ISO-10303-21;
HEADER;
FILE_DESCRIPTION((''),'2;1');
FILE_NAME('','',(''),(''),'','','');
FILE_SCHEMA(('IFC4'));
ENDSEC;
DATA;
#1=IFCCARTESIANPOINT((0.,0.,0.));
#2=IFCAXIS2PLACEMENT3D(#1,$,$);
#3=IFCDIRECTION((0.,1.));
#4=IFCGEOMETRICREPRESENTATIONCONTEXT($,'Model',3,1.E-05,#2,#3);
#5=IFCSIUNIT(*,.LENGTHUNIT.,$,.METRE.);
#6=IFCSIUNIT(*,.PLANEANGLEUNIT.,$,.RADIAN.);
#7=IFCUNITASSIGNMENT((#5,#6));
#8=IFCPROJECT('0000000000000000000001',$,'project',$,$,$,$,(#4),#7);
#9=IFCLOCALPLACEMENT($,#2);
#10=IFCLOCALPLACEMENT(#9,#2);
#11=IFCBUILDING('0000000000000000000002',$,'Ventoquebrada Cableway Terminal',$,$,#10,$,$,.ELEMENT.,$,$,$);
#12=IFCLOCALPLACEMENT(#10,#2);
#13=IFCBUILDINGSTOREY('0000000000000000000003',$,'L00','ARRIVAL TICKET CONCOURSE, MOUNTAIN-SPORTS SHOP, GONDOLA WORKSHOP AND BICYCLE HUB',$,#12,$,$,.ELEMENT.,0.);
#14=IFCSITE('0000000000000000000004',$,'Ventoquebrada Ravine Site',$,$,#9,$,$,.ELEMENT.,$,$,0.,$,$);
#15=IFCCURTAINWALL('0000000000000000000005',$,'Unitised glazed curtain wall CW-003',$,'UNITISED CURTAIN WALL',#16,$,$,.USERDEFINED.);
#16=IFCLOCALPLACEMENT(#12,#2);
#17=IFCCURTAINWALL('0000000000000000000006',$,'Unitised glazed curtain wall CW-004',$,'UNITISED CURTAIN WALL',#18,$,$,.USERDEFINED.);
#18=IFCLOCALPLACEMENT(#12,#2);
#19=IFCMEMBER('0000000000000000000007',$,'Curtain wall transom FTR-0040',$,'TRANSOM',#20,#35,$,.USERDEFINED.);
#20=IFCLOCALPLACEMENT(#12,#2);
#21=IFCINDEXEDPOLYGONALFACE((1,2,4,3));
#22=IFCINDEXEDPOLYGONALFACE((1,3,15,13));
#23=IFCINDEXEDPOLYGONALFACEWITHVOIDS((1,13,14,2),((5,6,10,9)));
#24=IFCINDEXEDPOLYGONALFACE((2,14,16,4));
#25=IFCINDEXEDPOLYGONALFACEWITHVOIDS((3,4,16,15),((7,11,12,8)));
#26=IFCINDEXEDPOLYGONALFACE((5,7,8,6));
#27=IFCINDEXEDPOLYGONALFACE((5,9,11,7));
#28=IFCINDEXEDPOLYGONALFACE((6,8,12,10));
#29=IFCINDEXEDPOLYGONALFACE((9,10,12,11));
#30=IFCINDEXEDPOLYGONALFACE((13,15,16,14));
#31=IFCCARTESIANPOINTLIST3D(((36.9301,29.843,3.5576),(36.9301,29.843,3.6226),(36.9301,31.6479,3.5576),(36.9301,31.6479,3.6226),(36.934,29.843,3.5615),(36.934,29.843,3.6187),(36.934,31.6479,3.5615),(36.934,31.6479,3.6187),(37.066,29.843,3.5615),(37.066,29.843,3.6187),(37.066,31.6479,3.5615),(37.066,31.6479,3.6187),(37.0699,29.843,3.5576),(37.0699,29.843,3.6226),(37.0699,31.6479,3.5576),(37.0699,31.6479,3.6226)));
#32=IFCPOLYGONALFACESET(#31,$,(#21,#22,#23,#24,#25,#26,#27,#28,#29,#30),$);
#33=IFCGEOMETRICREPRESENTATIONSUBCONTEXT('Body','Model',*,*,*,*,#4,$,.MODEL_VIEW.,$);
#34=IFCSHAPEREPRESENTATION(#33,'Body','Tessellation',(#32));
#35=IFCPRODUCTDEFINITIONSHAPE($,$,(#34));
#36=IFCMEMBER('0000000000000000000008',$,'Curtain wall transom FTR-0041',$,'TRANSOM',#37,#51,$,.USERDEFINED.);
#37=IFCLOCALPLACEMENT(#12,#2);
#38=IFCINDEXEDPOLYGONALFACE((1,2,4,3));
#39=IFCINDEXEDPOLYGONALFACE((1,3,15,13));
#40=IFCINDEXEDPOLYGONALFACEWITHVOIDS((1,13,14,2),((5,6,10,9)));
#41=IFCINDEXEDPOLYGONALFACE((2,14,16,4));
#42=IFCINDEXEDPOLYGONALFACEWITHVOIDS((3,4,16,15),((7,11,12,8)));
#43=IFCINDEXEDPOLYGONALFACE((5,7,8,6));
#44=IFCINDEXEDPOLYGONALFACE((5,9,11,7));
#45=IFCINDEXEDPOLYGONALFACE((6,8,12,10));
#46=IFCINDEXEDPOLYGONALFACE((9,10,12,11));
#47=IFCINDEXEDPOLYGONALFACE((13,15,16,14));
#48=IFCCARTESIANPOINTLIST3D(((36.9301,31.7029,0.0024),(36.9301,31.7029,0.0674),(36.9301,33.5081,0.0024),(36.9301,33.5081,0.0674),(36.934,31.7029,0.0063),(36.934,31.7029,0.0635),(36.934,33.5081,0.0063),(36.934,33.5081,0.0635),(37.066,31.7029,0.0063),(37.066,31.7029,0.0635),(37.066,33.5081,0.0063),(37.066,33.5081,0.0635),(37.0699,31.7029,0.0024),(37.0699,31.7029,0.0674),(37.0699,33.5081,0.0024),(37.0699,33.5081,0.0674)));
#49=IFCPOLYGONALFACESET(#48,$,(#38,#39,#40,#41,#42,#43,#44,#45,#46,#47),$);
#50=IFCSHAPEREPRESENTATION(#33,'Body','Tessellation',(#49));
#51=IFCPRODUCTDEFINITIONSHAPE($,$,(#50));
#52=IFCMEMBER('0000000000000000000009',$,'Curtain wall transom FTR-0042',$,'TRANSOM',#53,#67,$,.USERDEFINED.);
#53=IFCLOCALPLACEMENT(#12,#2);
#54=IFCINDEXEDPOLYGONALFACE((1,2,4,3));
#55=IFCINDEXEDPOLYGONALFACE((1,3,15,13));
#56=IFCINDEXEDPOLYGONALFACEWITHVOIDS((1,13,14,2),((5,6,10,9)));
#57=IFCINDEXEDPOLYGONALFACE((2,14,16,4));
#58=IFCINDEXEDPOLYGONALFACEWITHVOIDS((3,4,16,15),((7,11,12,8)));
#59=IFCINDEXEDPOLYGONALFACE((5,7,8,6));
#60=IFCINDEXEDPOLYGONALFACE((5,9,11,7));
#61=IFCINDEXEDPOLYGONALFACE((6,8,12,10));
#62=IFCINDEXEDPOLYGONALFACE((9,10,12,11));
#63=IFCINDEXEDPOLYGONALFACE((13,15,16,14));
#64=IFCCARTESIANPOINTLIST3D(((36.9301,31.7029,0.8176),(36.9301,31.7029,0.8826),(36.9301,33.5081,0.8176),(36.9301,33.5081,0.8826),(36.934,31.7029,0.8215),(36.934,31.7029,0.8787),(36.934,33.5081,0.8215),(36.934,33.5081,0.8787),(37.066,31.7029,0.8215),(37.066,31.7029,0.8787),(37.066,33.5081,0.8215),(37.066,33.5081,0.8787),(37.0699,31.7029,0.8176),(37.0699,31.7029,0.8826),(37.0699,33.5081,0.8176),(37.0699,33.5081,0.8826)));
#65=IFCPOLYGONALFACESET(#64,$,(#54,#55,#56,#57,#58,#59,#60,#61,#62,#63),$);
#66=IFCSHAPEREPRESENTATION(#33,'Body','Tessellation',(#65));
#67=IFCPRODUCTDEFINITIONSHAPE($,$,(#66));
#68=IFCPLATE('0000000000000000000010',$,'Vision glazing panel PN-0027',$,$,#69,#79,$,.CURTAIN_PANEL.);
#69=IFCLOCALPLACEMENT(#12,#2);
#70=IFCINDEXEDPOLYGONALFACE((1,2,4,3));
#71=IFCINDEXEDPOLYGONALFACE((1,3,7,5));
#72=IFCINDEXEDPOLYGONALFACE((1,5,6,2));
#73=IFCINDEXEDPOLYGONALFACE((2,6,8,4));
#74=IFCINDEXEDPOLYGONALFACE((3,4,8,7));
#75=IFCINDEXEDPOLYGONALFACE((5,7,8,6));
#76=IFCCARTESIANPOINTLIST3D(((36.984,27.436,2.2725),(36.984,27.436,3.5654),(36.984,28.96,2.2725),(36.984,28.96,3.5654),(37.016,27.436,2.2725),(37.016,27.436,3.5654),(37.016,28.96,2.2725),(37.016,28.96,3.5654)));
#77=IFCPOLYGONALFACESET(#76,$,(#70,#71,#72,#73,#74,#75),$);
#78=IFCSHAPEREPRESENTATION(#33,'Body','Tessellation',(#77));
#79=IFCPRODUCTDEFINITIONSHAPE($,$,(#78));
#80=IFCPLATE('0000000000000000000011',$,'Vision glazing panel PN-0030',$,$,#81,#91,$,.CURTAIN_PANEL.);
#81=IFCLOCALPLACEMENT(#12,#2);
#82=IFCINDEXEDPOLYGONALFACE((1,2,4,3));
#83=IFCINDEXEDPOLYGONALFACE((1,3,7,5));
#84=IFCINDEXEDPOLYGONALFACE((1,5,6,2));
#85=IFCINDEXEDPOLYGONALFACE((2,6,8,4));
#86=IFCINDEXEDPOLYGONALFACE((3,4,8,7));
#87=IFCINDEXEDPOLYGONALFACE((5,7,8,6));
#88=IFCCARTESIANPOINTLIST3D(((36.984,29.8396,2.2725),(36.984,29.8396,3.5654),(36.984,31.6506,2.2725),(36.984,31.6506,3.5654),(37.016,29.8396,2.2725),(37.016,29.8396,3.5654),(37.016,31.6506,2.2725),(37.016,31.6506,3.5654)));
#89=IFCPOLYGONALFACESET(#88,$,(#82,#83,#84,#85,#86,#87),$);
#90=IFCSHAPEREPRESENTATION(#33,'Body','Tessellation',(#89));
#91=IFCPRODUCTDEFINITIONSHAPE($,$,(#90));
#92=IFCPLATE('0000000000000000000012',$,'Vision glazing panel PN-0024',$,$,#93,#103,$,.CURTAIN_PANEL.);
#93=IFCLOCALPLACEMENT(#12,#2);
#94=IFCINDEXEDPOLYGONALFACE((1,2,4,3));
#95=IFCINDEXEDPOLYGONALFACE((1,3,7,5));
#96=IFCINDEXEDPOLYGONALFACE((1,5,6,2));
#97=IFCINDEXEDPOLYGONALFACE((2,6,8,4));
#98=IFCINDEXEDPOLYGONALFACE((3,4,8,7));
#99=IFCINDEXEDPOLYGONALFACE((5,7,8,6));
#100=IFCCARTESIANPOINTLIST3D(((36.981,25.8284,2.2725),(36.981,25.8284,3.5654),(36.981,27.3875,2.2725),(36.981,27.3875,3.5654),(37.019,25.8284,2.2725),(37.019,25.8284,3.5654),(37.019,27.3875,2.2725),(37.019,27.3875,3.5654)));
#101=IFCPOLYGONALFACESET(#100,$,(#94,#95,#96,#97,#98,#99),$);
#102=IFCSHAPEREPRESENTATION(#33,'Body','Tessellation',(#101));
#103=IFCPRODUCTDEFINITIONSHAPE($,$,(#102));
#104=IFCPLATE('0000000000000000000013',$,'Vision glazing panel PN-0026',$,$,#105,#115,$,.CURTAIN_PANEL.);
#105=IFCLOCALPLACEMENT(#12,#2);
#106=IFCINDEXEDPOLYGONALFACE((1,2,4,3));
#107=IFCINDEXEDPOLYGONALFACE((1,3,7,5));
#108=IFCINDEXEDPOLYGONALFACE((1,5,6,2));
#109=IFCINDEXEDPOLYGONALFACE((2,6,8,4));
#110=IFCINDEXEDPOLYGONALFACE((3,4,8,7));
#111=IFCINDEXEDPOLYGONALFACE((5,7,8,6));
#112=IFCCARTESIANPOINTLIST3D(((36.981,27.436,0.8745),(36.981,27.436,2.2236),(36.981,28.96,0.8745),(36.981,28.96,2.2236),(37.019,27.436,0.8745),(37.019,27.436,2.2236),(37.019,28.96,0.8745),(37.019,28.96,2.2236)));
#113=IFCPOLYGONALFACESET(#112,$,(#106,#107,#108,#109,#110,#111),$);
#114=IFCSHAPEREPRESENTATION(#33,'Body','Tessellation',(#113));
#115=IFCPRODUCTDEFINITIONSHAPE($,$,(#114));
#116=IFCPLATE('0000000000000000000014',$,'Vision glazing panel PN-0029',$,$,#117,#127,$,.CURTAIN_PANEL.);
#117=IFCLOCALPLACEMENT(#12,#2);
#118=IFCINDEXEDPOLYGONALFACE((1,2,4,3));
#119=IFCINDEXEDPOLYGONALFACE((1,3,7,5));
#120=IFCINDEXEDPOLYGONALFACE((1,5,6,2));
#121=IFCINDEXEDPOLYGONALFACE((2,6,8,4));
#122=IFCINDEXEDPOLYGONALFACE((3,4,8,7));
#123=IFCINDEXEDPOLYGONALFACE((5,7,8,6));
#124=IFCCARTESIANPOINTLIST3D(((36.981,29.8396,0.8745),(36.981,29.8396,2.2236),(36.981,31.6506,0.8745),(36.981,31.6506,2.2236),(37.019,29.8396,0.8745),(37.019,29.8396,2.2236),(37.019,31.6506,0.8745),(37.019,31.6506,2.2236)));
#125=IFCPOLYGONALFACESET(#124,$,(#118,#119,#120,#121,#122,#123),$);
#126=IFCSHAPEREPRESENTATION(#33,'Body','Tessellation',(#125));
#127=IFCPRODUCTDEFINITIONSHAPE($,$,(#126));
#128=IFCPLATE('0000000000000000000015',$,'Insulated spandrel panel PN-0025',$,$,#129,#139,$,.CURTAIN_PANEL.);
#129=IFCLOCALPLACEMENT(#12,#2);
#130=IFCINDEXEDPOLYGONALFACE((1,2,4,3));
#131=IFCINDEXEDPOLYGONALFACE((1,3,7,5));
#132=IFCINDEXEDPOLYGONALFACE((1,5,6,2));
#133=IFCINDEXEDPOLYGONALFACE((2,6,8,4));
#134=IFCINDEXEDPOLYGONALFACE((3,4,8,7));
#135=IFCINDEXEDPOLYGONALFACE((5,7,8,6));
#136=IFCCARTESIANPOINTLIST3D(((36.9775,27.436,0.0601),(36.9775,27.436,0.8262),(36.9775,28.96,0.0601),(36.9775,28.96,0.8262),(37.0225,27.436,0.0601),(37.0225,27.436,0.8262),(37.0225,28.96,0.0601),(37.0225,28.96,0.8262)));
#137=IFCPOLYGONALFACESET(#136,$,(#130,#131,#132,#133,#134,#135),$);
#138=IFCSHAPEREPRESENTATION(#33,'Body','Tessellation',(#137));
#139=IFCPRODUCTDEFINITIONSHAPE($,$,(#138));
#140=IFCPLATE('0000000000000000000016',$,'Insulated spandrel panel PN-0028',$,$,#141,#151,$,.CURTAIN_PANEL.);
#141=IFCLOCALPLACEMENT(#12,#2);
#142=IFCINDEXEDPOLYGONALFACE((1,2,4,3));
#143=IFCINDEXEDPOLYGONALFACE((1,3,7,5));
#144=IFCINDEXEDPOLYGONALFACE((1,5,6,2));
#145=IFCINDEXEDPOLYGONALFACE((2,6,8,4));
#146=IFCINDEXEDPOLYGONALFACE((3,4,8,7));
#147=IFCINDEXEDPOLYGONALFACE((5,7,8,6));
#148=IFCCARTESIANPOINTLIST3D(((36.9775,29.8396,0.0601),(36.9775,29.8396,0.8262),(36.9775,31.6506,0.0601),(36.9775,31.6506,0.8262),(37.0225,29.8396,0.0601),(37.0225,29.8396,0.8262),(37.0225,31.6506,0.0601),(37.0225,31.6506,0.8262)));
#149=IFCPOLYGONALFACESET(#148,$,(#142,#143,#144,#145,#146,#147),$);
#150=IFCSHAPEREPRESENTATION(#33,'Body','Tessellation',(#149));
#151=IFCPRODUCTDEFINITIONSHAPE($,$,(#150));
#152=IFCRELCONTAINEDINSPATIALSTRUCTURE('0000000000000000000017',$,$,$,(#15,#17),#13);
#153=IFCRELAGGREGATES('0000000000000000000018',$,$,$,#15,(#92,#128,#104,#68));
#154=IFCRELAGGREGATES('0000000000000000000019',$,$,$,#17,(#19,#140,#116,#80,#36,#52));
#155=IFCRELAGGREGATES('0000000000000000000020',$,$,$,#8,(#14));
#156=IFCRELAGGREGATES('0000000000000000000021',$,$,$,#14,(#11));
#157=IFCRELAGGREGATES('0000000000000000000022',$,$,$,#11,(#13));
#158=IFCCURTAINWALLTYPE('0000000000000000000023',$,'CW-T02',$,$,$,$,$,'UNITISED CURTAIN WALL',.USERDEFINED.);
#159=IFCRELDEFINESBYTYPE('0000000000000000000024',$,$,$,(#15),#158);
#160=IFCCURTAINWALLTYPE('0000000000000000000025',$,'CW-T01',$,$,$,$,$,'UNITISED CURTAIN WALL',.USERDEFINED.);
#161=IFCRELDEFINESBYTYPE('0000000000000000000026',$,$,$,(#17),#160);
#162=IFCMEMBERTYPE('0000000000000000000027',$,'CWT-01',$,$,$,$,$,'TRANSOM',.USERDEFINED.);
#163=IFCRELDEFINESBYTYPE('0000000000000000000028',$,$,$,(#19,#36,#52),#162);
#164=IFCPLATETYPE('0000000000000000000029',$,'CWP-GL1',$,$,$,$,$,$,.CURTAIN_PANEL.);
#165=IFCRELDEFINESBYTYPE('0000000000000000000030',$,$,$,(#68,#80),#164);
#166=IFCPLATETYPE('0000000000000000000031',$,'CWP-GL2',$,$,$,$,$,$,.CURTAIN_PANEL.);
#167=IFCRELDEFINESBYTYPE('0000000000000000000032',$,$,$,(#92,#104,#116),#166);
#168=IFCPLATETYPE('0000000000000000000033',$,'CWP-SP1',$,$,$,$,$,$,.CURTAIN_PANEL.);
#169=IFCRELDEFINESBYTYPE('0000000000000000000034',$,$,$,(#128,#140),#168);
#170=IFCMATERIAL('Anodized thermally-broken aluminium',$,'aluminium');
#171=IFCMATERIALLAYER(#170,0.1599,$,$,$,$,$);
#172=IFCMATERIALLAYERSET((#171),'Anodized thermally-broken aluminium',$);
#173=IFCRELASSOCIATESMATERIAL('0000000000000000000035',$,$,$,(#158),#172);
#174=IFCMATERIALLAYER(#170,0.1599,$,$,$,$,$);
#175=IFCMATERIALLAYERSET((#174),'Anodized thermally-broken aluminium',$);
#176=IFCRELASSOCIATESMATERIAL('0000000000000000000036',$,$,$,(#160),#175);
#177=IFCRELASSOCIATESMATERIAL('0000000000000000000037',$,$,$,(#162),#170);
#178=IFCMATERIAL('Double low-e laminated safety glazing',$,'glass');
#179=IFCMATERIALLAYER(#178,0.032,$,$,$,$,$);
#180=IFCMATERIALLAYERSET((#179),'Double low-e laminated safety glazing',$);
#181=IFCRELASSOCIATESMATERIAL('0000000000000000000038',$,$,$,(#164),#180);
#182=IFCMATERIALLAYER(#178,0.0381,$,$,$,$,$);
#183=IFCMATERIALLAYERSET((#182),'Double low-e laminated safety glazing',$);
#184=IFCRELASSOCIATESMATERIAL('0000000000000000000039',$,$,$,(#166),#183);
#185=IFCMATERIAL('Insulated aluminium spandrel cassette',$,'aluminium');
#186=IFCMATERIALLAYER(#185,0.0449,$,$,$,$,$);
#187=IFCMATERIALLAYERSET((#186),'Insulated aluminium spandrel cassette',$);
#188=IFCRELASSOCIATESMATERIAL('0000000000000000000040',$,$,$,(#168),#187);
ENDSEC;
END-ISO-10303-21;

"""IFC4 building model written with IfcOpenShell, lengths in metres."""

from ifc_helpers import new_model, si_unit, direction, frame, origin, origin_2d, place, context, subcontext, project, spatial, rectangle, hollow_rectangle, extrude, material, layer, layer_set, material_profile, profile_set, type_object, element, aggregate, save


model = new_model("IFC4")

# Units and contexts
model_context = context("Model", 3, precision=1e-05, world=origin(), true_north=direction((0.0, 1.0)))
body_context = subcontext(model_context, "Body", "Model", "MODEL_VIEW")
ifc_project = project(units=[si_unit("LENGTHUNIT", "METRE"), si_unit("PLANEANGLEUNIT", "RADIAN")], contexts=[model_context])

# Site, building, storey
site_placement = place(None, origin())
site = spatial("IfcSite", under=ifc_project, at=site_placement, Name="Ventoquebrada Ravine Site", CompositionType="ELEMENT", RefElevation=0.0)
building_placement = place(site_placement, origin())
building = spatial("IfcBuilding", under=site, at=building_placement, Name="Ventoquebrada Cableway Terminal", CompositionType="ELEMENT")
storey_placement = place(building_placement, origin())
storey = spatial("IfcBuildingStorey", under=building, at=storey_placement, Name="L00", Description="ARRIVAL TICKET CONCOURSE, MOUNTAIN-SPORTS SHOP, GONDOLA WORKSHOP AND BICYCLE HUB", CompositionType="ELEMENT", Elevation=0.0)

# Curtain walls
ifc_material_1 = material(Name="Anodized thermally-broken aluminium", Category="aluminium")
ifc_layer_1 = layer(ifc_material_1, 0.1599)
ifc_layer_set_1 = layer_set([ifc_layer_1], Name="Anodized thermally-broken aluminium")
curtain_wall_type_1 = type_object("IfcCurtainWallType", Name="CW-T02", ElementType="UNITISED CURTAIN WALL", PredefinedType="USERDEFINED", material=ifc_layer_set_1)
curtain_wall_1_placement = place(storey_placement, origin())
curtain_wall_1 = element("IfcCurtainWall", 1, at=curtain_wall_1_placement, inside=storey, type_object=curtain_wall_type_1, Name="Unitised glazed curtain wall CW-003", ObjectType="UNITISED CURTAIN WALL", PredefinedType="USERDEFINED")
ifc_layer_2 = layer(ifc_material_1, 0.1599)
ifc_layer_set_2 = layer_set([ifc_layer_2], Name="Anodized thermally-broken aluminium")
curtain_wall_type_2 = type_object("IfcCurtainWallType", Name="CW-T01", ElementType="UNITISED CURTAIN WALL", PredefinedType="USERDEFINED", material=ifc_layer_set_2)
curtain_wall_2_placement = place(storey_placement, origin())
curtain_wall_2 = element("IfcCurtainWall", 2, at=curtain_wall_2_placement, inside=storey, type_object=curtain_wall_type_2, Name="Unitised glazed curtain wall CW-004", ObjectType="UNITISED CURTAIN WALL", PredefinedType="USERDEFINED")

# Members
ifc_material_profile_1 = material_profile(ifc_material_1, hollow_rectangle(XDim=0.0649, YDim=0.1399, WallThickness=0.0039, at=origin_2d()), Name="CW-TRN-65X140")
ifc_profile_set_1 = profile_set([ifc_material_profile_1], Name="Anodized thermally-broken aluminium")
member_type_1 = type_object("IfcMemberType", Name="CWT-01", ElementType="TRANSOM", PredefinedType="USERDEFINED", material=ifc_profile_set_1)
member_1_placement = place(storey_placement, frame((37.0, 29.843, 3.5901), z_axis=(0.0, 1.0, 0.0), x_axis=(0.0, 0.0, 1.0)))
member_1 = element("IfcMember", 3, at=member_1_placement, type_object=member_type_1, Name="Curtain wall transom FTR-0040", ObjectType="TRANSOM", PredefinedType="USERDEFINED", context=body_context, shape_type="SweptSolid", body=[
    extrude(hollow_rectangle(XDim=0.0649, YDim=0.1399, WallThickness=0.0039, at=origin_2d()), origin(), (0.0, 0.0, 1.0), 1.8049),
])
member_2_placement = place(storey_placement, frame((37.0, 31.7029, 0.0349), z_axis=(0.0, 1.0, 0.0), x_axis=(0.0, 0.0, 1.0)))
member_2 = element("IfcMember", 4, at=member_2_placement, type_object=member_type_1, Name="Curtain wall transom FTR-0041", ObjectType="TRANSOM", PredefinedType="USERDEFINED", context=body_context, shape_type="SweptSolid", body=[
    extrude(hollow_rectangle(XDim=0.0649, YDim=0.1399, WallThickness=0.0039, at=origin_2d()), origin(), (0.0, 0.0, 1.0), 1.8052),
])
member_3_placement = place(storey_placement, frame((37.0, 31.7029, 0.8501), z_axis=(0.0, 1.0, 0.0), x_axis=(0.0, 0.0, 1.0)))
member_3 = element("IfcMember", 5, at=member_3_placement, type_object=member_type_1, Name="Curtain wall transom FTR-0042", ObjectType="TRANSOM", PredefinedType="USERDEFINED", context=body_context, shape_type="SweptSolid", body=[
    extrude(hollow_rectangle(XDim=0.0649, YDim=0.1399, WallThickness=0.0039, at=origin_2d()), origin(), (0.0, 0.0, 1.0), 1.8052),
])

# Plates
ifc_material_2 = material(Name="Double low-e laminated safety glazing", Category="glass")
ifc_layer_3 = layer(ifc_material_2, 0.032)
ifc_layer_set_3 = layer_set([ifc_layer_3], Name="Double low-e laminated safety glazing")
plate_type_1 = type_object("IfcPlateType", Name="CWP-GL1", PredefinedType="CURTAIN_PANEL", material=ifc_layer_set_3)
plate_1_placement = place(storey_placement, frame((37.0, 28.198, 2.2725), z_axis=(0.0, 0.0, 1.0), x_axis=(0.0, 1.0, 0.0)))
plate_1 = element("IfcPlate", 6, at=plate_1_placement, type_object=plate_type_1, Name="Vision glazing panel PN-0027", PredefinedType="CURTAIN_PANEL", context=body_context, shape_type="SweptSolid", body=[
    extrude(rectangle(XDim=1.5239, YDim=0.032, at=origin_2d()), origin(), (0.0, 0.0, 1.0), 1.293),
])
plate_2_placement = place(storey_placement, frame((37.0, 30.7451, 2.2725), z_axis=(0.0, 0.0, 1.0), x_axis=(0.0, 1.0, 0.0)))
plate_2 = element("IfcPlate", 7, at=plate_2_placement, type_object=plate_type_1, Name="Vision glazing panel PN-0030", PredefinedType="CURTAIN_PANEL", context=body_context, shape_type="SweptSolid", body=[
    extrude(rectangle(XDim=1.811, YDim=0.032, at=origin_2d()), origin(), (0.0, 0.0, 1.0), 1.293),
])
ifc_layer_4 = layer(ifc_material_2, 0.0381)
ifc_layer_set_4 = layer_set([ifc_layer_4], Name="Double low-e laminated safety glazing")
plate_type_2 = type_object("IfcPlateType", Name="CWP-GL2", PredefinedType="CURTAIN_PANEL", material=ifc_layer_set_4)
plate_3_placement = place(storey_placement, frame((37.0, 26.6079, 2.2725), z_axis=(0.0, 0.0, 1.0), x_axis=(0.0, 1.0, 0.0)))
plate_3 = element("IfcPlate", 8, at=plate_3_placement, type_object=plate_type_2, Name="Vision glazing panel PN-0024", PredefinedType="CURTAIN_PANEL", context=body_context, shape_type="SweptSolid", body=[
    extrude(rectangle(XDim=1.5591, YDim=0.0381, at=origin_2d()), origin(), (0.0, 0.0, 1.0), 1.293),
])
plate_4_placement = place(storey_placement, frame((37.0, 28.198, 0.8745), z_axis=(0.0, 0.0, 1.0), x_axis=(0.0, 1.0, 0.0)))
plate_4 = element("IfcPlate", 9, at=plate_4_placement, type_object=plate_type_2, Name="Vision glazing panel PN-0026", PredefinedType="CURTAIN_PANEL", context=body_context, shape_type="SweptSolid", body=[
    extrude(rectangle(XDim=1.5239, YDim=0.0381, at=origin_2d()), origin(), (0.0, 0.0, 1.0), 1.3491),
])
plate_5_placement = place(storey_placement, frame((37.0, 30.7451, 0.8745), z_axis=(0.0, 0.0, 1.0), x_axis=(0.0, 1.0, 0.0)))
plate_5 = element("IfcPlate", 10, at=plate_5_placement, type_object=plate_type_2, Name="Vision glazing panel PN-0029", PredefinedType="CURTAIN_PANEL", context=body_context, shape_type="SweptSolid", body=[
    extrude(rectangle(XDim=1.811, YDim=0.0381, at=origin_2d()), origin(), (0.0, 0.0, 1.0), 1.3491),
])
ifc_material_3 = material(Name="Insulated aluminium spandrel cassette", Category="aluminium")
ifc_layer_5 = layer(ifc_material_3, 0.0449)
ifc_layer_set_5 = layer_set([ifc_layer_5], Name="Insulated aluminium spandrel cassette")
plate_type_3 = type_object("IfcPlateType", Name="CWP-SP1", PredefinedType="CURTAIN_PANEL", material=ifc_layer_set_5)
plate_6_placement = place(storey_placement, frame((37.0, 28.198, 0.0601), z_axis=(0.0, 0.0, 1.0), x_axis=(0.0, 1.0, 0.0)))
plate_6 = element("IfcPlate", 11, at=plate_6_placement, type_object=plate_type_3, Name="Insulated spandrel panel PN-0025", PredefinedType="CURTAIN_PANEL", context=body_context, shape_type="SweptSolid", body=[
    extrude(rectangle(XDim=1.5239, YDim=0.0449, at=origin_2d()), origin(), (0.0, 0.0, 1.0), 0.7661),
])
aggregate(curtain_wall_1, [plate_3, plate_6, plate_4, plate_1])
plate_7_placement = place(storey_placement, frame((37.0, 30.7451, 0.0601), z_axis=(0.0, 0.0, 1.0), x_axis=(0.0, 1.0, 0.0)))
plate_7 = element("IfcPlate", 12, at=plate_7_placement, type_object=plate_type_3, Name="Insulated spandrel panel PN-0028", PredefinedType="CURTAIN_PANEL", context=body_context, shape_type="SweptSolid", body=[
    extrude(rectangle(XDim=1.811, YDim=0.0449, at=origin_2d()), origin(), (0.0, 0.0, 1.0), 0.7661),
])
aggregate(curtain_wall_2, [member_1, plate_7, plate_5, plate_2, member_2, member_3])

save(model, "model.ifc")
